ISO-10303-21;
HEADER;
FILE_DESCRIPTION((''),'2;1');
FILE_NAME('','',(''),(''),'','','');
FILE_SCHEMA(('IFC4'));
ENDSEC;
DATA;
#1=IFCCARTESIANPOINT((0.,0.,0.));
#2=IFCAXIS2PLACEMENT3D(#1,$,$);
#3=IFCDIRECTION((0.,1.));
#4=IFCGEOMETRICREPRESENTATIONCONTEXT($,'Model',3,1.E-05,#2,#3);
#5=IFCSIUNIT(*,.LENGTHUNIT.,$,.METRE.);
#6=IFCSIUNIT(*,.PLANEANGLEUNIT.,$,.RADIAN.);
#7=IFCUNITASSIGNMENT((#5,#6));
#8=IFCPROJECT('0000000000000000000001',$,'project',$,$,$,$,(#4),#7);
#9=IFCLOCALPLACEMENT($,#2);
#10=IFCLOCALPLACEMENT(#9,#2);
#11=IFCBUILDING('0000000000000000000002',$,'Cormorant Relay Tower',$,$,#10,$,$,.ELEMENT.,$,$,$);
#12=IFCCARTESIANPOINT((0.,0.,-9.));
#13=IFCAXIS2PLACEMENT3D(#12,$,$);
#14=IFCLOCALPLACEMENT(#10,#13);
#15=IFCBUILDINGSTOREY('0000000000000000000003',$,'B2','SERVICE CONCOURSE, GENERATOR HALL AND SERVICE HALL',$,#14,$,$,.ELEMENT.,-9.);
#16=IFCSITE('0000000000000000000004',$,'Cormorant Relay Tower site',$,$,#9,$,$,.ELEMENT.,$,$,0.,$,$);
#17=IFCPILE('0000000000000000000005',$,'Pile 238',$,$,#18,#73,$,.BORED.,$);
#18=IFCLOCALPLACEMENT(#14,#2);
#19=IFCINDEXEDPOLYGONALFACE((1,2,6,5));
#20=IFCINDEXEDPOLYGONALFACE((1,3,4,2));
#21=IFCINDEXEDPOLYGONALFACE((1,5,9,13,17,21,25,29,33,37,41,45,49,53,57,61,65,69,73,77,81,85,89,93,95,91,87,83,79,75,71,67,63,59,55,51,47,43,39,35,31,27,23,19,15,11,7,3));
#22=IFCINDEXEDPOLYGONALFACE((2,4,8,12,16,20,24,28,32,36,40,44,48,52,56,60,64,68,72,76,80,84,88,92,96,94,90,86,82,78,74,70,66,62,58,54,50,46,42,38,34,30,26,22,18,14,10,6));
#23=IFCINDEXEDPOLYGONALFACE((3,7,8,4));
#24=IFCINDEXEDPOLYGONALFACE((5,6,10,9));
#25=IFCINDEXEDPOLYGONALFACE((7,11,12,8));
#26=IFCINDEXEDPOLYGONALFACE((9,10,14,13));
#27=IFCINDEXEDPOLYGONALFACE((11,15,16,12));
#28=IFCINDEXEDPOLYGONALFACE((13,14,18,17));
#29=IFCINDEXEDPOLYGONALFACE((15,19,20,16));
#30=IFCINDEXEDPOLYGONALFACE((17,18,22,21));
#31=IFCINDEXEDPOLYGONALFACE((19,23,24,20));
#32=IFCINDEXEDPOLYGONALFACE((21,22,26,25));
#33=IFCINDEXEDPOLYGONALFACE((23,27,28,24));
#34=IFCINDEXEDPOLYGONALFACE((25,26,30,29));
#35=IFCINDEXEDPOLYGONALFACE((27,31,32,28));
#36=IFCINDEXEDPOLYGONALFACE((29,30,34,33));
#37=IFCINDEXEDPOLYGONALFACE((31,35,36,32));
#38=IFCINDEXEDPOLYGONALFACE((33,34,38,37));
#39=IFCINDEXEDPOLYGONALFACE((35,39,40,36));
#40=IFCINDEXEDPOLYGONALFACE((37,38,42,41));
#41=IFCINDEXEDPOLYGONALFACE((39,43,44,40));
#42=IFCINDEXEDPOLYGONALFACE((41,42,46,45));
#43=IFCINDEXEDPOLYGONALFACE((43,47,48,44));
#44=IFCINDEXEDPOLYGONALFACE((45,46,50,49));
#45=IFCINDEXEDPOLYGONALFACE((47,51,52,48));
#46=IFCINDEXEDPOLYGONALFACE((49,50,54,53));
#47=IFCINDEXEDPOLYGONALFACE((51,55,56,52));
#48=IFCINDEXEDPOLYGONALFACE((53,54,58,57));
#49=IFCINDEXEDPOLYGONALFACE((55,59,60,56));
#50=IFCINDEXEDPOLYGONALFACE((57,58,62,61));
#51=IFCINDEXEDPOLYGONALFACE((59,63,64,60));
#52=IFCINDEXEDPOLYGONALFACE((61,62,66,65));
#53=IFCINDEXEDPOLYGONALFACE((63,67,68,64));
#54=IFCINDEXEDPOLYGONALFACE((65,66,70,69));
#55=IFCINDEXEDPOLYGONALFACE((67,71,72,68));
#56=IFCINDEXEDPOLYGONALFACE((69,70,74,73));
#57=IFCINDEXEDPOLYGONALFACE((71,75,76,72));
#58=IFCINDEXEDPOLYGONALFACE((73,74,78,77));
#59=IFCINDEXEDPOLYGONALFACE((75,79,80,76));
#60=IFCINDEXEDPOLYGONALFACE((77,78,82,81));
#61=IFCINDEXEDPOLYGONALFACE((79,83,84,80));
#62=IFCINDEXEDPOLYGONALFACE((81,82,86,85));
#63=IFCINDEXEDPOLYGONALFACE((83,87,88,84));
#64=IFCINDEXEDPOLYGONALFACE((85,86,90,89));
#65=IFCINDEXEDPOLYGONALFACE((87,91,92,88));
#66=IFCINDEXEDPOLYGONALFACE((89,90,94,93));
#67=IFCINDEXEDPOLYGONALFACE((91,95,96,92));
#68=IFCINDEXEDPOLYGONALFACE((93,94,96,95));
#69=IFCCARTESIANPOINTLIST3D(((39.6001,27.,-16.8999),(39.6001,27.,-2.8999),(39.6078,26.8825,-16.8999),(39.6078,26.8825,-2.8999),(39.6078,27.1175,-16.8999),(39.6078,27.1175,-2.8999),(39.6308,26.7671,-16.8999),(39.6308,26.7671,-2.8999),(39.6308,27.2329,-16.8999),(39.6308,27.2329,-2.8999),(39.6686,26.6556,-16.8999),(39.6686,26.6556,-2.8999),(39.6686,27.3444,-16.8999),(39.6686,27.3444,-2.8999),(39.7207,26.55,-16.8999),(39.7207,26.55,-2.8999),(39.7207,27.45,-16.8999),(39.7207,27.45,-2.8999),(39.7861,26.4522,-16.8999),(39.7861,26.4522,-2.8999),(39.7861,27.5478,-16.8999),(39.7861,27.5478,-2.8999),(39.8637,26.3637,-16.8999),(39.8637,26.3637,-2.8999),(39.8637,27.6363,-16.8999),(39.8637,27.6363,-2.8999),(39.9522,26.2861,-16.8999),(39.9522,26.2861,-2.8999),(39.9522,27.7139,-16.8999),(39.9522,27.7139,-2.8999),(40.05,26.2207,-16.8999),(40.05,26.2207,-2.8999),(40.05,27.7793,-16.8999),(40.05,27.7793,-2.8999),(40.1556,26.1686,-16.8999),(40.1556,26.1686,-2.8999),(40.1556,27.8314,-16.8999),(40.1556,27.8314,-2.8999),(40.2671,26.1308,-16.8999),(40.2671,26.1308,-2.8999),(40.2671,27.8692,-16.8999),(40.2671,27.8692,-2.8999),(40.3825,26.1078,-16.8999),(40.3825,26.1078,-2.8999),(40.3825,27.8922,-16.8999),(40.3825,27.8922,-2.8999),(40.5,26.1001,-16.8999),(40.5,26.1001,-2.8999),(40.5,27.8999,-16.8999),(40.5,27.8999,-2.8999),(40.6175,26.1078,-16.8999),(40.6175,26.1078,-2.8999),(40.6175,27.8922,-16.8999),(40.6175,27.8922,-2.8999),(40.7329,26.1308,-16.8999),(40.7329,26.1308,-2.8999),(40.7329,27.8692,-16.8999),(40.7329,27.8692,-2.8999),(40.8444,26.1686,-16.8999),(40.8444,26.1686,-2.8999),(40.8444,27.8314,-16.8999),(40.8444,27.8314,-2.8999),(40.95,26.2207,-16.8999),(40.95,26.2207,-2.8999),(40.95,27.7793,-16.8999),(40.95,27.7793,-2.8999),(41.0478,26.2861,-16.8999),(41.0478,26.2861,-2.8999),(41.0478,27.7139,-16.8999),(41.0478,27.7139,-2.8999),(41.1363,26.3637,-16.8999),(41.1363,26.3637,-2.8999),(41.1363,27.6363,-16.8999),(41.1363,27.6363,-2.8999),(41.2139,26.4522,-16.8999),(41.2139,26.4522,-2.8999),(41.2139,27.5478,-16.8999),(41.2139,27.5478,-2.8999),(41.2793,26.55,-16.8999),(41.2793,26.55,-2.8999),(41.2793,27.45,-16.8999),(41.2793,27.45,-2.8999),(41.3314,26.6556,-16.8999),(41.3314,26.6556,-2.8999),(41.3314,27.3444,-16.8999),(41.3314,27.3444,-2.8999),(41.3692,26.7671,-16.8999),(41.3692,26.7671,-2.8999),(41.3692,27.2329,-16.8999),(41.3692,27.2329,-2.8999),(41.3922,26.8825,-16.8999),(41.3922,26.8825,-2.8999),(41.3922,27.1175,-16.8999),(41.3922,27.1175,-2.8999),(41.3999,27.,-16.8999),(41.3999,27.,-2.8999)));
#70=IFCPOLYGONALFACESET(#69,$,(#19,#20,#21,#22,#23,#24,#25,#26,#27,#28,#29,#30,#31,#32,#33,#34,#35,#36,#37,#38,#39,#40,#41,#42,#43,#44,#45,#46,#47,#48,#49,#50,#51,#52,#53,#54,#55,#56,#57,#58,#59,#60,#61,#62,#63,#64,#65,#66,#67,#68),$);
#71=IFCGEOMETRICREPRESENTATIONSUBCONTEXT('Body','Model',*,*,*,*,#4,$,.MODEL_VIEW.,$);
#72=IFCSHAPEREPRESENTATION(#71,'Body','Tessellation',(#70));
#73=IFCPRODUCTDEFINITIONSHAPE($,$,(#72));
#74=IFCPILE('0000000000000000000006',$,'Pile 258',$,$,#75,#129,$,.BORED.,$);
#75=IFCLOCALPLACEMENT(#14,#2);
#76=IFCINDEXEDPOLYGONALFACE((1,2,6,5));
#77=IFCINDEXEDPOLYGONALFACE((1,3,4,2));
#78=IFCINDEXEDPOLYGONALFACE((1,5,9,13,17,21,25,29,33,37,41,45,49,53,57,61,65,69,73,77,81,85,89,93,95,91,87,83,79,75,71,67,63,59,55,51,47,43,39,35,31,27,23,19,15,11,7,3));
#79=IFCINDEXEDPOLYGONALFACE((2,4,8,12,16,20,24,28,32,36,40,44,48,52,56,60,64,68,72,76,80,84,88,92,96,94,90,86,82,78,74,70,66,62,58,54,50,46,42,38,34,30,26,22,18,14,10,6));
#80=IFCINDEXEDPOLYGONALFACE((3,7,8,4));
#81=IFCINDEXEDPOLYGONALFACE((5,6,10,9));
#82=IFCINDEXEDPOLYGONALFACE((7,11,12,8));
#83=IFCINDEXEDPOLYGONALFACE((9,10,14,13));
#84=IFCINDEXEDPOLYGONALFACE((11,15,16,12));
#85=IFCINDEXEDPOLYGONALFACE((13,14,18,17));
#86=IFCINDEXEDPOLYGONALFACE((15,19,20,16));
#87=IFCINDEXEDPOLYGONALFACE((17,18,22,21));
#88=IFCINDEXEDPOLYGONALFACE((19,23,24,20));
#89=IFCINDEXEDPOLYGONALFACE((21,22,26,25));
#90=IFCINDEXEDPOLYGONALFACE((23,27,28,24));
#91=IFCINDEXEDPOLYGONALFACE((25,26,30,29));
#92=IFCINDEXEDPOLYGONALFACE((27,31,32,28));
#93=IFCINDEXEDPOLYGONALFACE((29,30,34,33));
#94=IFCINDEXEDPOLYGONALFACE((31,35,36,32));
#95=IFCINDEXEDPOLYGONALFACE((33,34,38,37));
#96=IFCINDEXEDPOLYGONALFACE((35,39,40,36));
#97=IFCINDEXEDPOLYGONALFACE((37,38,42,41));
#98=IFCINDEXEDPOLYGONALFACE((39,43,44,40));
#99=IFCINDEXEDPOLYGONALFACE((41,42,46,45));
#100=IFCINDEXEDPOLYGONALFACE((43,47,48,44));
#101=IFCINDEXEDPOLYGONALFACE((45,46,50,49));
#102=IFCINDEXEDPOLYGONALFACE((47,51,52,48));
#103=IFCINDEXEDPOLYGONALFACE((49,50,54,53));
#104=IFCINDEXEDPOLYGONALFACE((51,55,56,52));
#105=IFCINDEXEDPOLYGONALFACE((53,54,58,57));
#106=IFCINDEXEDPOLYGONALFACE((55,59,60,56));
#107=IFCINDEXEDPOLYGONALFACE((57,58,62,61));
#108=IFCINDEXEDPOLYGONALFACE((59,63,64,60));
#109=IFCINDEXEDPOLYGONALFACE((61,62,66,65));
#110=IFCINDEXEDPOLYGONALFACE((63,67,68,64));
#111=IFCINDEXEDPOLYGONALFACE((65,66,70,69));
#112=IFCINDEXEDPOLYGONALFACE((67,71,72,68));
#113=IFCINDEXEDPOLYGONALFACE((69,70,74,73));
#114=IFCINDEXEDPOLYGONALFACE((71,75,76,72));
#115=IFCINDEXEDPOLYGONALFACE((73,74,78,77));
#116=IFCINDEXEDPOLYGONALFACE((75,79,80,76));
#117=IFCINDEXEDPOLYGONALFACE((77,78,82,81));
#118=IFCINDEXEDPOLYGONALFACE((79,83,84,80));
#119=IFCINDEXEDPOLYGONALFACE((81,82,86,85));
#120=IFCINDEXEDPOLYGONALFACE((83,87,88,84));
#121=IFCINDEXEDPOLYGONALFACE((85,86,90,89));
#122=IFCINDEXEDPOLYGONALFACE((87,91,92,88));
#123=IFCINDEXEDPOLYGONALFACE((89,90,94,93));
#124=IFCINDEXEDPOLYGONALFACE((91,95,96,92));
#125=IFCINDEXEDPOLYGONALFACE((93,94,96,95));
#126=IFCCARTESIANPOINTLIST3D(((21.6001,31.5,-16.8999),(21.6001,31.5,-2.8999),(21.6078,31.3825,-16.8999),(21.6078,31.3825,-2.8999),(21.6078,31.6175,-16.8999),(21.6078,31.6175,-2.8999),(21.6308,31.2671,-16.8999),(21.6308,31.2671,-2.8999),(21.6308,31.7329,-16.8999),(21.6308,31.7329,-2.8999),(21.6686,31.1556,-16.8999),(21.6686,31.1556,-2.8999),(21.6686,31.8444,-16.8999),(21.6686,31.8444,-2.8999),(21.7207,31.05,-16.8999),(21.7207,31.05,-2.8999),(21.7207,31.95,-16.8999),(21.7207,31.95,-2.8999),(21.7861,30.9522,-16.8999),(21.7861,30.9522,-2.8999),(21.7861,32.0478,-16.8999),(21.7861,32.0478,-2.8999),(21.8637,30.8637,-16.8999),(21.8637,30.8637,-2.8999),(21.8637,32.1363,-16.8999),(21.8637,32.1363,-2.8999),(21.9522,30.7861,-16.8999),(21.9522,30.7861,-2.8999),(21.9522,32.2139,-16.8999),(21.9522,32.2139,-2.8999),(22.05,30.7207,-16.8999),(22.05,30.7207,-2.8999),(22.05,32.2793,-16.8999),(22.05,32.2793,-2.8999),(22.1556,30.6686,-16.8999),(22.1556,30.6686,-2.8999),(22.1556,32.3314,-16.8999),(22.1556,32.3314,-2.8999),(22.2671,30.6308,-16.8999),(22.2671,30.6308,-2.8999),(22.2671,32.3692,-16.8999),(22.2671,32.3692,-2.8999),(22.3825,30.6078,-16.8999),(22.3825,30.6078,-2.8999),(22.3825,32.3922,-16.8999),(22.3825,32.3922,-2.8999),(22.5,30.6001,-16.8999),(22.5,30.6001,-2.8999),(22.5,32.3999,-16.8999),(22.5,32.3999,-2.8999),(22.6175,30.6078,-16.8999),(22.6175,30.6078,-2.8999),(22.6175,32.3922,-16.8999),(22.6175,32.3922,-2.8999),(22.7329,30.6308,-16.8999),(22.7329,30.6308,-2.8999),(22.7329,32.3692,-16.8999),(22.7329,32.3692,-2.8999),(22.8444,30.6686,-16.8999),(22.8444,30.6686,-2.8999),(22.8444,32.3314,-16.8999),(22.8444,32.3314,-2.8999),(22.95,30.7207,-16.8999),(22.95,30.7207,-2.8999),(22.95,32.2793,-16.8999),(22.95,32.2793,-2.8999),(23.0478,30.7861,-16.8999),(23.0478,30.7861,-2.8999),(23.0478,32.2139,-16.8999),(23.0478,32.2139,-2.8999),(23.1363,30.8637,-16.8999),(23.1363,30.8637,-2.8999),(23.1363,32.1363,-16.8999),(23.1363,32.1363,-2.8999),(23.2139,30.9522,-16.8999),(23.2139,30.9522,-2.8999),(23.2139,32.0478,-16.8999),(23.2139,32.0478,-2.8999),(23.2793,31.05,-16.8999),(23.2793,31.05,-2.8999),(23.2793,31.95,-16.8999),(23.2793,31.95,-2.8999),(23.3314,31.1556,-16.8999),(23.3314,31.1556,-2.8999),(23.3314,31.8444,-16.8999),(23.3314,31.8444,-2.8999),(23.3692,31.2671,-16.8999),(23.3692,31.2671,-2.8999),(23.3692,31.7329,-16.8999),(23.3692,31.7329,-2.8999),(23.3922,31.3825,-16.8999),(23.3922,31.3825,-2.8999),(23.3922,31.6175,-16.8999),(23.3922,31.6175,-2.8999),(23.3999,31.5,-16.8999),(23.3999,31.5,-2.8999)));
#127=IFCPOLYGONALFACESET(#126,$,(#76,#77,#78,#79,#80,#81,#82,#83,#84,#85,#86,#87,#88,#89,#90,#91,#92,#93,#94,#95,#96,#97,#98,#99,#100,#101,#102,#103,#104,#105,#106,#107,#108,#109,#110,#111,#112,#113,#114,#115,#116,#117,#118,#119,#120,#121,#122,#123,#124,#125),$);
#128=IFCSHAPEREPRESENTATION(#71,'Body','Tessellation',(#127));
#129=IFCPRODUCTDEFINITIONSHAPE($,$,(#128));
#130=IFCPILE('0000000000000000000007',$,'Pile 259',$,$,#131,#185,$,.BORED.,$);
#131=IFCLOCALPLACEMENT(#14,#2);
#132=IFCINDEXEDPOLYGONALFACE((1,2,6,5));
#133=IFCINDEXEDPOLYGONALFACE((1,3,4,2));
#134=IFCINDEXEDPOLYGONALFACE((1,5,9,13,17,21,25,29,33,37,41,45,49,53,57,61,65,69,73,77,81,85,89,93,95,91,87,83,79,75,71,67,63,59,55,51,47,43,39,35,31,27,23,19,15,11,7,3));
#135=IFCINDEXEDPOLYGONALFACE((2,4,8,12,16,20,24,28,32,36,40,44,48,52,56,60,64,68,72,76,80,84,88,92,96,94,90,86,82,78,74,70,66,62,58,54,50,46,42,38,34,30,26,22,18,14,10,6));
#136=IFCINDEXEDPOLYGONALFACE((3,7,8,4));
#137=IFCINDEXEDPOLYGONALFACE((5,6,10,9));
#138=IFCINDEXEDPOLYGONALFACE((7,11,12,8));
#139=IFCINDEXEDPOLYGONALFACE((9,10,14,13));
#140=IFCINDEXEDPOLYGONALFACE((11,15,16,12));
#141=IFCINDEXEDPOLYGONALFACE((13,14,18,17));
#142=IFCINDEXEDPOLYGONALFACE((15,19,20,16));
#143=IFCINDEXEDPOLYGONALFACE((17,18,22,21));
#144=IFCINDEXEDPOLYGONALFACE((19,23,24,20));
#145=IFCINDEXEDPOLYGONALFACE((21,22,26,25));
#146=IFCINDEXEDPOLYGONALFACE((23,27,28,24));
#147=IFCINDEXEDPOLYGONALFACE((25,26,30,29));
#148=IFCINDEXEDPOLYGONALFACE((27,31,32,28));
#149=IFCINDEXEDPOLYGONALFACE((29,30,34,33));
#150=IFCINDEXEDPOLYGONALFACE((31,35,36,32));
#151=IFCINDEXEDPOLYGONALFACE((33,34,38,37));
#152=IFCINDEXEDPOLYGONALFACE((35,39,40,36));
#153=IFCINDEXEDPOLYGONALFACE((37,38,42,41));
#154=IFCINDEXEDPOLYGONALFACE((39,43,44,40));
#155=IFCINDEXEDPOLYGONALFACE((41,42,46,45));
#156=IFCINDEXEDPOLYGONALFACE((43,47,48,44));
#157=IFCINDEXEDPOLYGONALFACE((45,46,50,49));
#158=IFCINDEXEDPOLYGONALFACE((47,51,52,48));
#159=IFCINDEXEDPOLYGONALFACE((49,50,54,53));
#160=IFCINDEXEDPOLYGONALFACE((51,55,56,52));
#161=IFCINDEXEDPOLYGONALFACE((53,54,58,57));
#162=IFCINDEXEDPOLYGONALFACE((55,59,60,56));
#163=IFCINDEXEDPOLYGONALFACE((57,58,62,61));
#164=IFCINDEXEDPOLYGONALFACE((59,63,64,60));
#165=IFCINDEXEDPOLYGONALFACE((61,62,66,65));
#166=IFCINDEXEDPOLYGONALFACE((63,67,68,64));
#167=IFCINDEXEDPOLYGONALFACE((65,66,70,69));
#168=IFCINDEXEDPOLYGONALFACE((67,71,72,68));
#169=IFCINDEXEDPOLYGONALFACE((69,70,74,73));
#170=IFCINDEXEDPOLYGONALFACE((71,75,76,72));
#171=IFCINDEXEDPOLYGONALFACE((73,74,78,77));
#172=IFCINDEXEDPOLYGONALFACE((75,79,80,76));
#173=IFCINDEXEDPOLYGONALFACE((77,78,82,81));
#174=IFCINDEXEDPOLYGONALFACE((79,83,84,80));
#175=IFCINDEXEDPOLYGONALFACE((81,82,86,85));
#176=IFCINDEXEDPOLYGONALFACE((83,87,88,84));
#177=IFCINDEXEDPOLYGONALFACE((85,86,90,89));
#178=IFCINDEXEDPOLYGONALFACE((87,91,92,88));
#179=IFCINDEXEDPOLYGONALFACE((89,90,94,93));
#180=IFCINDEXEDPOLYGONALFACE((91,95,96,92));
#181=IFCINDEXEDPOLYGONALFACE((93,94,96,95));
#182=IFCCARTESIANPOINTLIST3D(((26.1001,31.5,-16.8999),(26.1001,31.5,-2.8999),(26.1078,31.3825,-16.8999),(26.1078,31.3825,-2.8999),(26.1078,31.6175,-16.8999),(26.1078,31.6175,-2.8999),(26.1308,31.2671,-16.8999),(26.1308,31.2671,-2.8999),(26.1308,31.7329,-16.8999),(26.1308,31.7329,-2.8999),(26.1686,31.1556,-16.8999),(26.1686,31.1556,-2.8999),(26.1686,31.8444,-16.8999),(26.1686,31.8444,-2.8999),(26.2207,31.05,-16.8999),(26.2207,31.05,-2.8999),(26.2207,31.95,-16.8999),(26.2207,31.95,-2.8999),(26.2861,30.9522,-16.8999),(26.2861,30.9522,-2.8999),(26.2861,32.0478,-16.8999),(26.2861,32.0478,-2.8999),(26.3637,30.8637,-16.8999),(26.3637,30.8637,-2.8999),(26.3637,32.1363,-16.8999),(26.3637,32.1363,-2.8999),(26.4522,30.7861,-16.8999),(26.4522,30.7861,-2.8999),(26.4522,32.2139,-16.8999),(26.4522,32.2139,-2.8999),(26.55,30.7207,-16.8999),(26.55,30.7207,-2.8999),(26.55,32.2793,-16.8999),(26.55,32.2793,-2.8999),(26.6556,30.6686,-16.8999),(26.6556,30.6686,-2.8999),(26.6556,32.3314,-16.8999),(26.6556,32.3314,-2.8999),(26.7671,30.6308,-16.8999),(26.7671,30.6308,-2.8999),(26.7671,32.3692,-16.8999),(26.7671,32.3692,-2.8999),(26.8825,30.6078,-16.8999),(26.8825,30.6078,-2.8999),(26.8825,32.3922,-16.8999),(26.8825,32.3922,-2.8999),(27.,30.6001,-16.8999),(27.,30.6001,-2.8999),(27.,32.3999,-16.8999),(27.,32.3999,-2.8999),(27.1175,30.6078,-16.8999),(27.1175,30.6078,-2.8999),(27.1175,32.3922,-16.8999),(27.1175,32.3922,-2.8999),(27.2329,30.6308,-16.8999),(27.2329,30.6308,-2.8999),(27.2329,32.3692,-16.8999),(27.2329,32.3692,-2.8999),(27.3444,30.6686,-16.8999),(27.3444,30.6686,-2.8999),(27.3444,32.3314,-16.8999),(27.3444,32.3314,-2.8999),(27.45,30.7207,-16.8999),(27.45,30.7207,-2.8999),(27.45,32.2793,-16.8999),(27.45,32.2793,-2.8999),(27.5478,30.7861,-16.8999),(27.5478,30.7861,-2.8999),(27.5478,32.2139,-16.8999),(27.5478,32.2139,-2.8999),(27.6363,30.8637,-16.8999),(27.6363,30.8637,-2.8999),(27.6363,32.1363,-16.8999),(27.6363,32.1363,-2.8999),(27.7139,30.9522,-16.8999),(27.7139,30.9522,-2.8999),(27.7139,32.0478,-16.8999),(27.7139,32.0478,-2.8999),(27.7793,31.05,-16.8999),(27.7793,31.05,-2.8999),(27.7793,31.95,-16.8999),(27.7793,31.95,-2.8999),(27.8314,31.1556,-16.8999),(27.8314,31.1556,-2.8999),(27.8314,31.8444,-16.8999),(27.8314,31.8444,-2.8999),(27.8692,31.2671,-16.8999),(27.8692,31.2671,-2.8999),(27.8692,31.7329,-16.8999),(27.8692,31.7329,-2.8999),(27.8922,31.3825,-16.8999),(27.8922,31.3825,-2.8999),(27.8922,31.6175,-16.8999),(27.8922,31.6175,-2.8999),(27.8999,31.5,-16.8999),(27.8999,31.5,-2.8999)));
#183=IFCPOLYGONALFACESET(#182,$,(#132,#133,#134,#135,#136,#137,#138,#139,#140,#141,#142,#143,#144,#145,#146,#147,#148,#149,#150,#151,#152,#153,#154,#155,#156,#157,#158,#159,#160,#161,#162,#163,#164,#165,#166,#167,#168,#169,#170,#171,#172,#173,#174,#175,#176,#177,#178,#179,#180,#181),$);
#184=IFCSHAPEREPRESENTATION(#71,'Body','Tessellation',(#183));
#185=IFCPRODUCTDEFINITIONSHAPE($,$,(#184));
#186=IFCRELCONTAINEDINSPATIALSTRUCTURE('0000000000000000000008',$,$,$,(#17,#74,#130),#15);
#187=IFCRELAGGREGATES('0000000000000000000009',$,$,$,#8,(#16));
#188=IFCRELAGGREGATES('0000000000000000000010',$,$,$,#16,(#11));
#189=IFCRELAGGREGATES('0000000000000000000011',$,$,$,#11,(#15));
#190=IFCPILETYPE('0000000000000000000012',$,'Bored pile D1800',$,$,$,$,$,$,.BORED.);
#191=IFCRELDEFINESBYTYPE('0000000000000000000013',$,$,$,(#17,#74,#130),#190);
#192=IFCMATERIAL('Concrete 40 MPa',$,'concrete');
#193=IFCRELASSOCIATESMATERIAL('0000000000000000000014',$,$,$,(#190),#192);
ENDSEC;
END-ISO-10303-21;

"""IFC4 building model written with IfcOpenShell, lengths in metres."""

from ifc_helpers import new_model, si_unit, direction, frame, origin, origin_2d, place, context, subcontext, project, spatial, circle, extrude, material, material_profile, profile_set, type_object, element, save


model = new_model("IFC4")

# Units and contexts
model_context = context("Model", 3, precision=1e-05, world=origin(), true_north=direction((0.0, 1.0)))
body_context = subcontext(model_context, "Body", "Model", "MODEL_VIEW")
ifc_project = project(units=[si_unit("LENGTHUNIT", "METRE"), si_unit("PLANEANGLEUNIT", "RADIAN")], contexts=[model_context])

# Site, building, storey
site_placement = place(None, origin())
site = spatial("IfcSite", under=ifc_project, at=site_placement, Name="Cormorant Relay Tower site", CompositionType="ELEMENT", RefElevation=0.0)
building_placement = place(site_placement, origin())
building = spatial("IfcBuilding", under=site, at=building_placement, Name="Cormorant Relay Tower", CompositionType="ELEMENT")
storey_placement = place(building_placement, frame((0.0, 0.0, -9.0)))
storey = spatial("IfcBuildingStorey", under=building, at=storey_placement, Name="B2", Description="SERVICE CONCOURSE, GENERATOR HALL AND SERVICE HALL", CompositionType="ELEMENT", Elevation=-9.0)

# Piles
ifc_material_1 = material(Name="Concrete 40 MPa", Category="concrete")
ifc_material_profile_1 = material_profile(ifc_material_1, circle(Radius=0.8999, at=origin_2d()), Name="BP1800")
ifc_profile_set_1 = profile_set([ifc_material_profile_1], Name="Concrete 40 MPa")
pile_type = type_object("IfcPileType", Name="Bored pile D1800", PredefinedType="BORED", material=ifc_profile_set_1)
for number, where, z_axis, x_axis, name in (
    (1, (40.5, 27.0, -2.8999), (0.0, 0.0, -1.0), (1.0, 0.0, 0.0), "Pile 238"),
    (2, (22.5, 31.5, -2.8999), (0.0, 0.0, -1.0), (1.0, 0.0, 0.0), "Pile 258"),
    (3, (27.0, 31.5, -2.8999), (0.0, 0.0, -1.0), (1.0, 0.0, 0.0), "Pile 259"),
):
    element("IfcPile", number, at=place(storey_placement, frame(where, z_axis=z_axis, x_axis=x_axis)), inside=storey, type_object=pile_type, Name=name, PredefinedType="BORED", context=body_context, shape_type="SweptSolid", body=[
        extrude(circle(Radius=0.8999, at=origin_2d()), origin(), (0.0, 0.0, 1.0), 14.0),
    ])

save(model, "model.ifc")
